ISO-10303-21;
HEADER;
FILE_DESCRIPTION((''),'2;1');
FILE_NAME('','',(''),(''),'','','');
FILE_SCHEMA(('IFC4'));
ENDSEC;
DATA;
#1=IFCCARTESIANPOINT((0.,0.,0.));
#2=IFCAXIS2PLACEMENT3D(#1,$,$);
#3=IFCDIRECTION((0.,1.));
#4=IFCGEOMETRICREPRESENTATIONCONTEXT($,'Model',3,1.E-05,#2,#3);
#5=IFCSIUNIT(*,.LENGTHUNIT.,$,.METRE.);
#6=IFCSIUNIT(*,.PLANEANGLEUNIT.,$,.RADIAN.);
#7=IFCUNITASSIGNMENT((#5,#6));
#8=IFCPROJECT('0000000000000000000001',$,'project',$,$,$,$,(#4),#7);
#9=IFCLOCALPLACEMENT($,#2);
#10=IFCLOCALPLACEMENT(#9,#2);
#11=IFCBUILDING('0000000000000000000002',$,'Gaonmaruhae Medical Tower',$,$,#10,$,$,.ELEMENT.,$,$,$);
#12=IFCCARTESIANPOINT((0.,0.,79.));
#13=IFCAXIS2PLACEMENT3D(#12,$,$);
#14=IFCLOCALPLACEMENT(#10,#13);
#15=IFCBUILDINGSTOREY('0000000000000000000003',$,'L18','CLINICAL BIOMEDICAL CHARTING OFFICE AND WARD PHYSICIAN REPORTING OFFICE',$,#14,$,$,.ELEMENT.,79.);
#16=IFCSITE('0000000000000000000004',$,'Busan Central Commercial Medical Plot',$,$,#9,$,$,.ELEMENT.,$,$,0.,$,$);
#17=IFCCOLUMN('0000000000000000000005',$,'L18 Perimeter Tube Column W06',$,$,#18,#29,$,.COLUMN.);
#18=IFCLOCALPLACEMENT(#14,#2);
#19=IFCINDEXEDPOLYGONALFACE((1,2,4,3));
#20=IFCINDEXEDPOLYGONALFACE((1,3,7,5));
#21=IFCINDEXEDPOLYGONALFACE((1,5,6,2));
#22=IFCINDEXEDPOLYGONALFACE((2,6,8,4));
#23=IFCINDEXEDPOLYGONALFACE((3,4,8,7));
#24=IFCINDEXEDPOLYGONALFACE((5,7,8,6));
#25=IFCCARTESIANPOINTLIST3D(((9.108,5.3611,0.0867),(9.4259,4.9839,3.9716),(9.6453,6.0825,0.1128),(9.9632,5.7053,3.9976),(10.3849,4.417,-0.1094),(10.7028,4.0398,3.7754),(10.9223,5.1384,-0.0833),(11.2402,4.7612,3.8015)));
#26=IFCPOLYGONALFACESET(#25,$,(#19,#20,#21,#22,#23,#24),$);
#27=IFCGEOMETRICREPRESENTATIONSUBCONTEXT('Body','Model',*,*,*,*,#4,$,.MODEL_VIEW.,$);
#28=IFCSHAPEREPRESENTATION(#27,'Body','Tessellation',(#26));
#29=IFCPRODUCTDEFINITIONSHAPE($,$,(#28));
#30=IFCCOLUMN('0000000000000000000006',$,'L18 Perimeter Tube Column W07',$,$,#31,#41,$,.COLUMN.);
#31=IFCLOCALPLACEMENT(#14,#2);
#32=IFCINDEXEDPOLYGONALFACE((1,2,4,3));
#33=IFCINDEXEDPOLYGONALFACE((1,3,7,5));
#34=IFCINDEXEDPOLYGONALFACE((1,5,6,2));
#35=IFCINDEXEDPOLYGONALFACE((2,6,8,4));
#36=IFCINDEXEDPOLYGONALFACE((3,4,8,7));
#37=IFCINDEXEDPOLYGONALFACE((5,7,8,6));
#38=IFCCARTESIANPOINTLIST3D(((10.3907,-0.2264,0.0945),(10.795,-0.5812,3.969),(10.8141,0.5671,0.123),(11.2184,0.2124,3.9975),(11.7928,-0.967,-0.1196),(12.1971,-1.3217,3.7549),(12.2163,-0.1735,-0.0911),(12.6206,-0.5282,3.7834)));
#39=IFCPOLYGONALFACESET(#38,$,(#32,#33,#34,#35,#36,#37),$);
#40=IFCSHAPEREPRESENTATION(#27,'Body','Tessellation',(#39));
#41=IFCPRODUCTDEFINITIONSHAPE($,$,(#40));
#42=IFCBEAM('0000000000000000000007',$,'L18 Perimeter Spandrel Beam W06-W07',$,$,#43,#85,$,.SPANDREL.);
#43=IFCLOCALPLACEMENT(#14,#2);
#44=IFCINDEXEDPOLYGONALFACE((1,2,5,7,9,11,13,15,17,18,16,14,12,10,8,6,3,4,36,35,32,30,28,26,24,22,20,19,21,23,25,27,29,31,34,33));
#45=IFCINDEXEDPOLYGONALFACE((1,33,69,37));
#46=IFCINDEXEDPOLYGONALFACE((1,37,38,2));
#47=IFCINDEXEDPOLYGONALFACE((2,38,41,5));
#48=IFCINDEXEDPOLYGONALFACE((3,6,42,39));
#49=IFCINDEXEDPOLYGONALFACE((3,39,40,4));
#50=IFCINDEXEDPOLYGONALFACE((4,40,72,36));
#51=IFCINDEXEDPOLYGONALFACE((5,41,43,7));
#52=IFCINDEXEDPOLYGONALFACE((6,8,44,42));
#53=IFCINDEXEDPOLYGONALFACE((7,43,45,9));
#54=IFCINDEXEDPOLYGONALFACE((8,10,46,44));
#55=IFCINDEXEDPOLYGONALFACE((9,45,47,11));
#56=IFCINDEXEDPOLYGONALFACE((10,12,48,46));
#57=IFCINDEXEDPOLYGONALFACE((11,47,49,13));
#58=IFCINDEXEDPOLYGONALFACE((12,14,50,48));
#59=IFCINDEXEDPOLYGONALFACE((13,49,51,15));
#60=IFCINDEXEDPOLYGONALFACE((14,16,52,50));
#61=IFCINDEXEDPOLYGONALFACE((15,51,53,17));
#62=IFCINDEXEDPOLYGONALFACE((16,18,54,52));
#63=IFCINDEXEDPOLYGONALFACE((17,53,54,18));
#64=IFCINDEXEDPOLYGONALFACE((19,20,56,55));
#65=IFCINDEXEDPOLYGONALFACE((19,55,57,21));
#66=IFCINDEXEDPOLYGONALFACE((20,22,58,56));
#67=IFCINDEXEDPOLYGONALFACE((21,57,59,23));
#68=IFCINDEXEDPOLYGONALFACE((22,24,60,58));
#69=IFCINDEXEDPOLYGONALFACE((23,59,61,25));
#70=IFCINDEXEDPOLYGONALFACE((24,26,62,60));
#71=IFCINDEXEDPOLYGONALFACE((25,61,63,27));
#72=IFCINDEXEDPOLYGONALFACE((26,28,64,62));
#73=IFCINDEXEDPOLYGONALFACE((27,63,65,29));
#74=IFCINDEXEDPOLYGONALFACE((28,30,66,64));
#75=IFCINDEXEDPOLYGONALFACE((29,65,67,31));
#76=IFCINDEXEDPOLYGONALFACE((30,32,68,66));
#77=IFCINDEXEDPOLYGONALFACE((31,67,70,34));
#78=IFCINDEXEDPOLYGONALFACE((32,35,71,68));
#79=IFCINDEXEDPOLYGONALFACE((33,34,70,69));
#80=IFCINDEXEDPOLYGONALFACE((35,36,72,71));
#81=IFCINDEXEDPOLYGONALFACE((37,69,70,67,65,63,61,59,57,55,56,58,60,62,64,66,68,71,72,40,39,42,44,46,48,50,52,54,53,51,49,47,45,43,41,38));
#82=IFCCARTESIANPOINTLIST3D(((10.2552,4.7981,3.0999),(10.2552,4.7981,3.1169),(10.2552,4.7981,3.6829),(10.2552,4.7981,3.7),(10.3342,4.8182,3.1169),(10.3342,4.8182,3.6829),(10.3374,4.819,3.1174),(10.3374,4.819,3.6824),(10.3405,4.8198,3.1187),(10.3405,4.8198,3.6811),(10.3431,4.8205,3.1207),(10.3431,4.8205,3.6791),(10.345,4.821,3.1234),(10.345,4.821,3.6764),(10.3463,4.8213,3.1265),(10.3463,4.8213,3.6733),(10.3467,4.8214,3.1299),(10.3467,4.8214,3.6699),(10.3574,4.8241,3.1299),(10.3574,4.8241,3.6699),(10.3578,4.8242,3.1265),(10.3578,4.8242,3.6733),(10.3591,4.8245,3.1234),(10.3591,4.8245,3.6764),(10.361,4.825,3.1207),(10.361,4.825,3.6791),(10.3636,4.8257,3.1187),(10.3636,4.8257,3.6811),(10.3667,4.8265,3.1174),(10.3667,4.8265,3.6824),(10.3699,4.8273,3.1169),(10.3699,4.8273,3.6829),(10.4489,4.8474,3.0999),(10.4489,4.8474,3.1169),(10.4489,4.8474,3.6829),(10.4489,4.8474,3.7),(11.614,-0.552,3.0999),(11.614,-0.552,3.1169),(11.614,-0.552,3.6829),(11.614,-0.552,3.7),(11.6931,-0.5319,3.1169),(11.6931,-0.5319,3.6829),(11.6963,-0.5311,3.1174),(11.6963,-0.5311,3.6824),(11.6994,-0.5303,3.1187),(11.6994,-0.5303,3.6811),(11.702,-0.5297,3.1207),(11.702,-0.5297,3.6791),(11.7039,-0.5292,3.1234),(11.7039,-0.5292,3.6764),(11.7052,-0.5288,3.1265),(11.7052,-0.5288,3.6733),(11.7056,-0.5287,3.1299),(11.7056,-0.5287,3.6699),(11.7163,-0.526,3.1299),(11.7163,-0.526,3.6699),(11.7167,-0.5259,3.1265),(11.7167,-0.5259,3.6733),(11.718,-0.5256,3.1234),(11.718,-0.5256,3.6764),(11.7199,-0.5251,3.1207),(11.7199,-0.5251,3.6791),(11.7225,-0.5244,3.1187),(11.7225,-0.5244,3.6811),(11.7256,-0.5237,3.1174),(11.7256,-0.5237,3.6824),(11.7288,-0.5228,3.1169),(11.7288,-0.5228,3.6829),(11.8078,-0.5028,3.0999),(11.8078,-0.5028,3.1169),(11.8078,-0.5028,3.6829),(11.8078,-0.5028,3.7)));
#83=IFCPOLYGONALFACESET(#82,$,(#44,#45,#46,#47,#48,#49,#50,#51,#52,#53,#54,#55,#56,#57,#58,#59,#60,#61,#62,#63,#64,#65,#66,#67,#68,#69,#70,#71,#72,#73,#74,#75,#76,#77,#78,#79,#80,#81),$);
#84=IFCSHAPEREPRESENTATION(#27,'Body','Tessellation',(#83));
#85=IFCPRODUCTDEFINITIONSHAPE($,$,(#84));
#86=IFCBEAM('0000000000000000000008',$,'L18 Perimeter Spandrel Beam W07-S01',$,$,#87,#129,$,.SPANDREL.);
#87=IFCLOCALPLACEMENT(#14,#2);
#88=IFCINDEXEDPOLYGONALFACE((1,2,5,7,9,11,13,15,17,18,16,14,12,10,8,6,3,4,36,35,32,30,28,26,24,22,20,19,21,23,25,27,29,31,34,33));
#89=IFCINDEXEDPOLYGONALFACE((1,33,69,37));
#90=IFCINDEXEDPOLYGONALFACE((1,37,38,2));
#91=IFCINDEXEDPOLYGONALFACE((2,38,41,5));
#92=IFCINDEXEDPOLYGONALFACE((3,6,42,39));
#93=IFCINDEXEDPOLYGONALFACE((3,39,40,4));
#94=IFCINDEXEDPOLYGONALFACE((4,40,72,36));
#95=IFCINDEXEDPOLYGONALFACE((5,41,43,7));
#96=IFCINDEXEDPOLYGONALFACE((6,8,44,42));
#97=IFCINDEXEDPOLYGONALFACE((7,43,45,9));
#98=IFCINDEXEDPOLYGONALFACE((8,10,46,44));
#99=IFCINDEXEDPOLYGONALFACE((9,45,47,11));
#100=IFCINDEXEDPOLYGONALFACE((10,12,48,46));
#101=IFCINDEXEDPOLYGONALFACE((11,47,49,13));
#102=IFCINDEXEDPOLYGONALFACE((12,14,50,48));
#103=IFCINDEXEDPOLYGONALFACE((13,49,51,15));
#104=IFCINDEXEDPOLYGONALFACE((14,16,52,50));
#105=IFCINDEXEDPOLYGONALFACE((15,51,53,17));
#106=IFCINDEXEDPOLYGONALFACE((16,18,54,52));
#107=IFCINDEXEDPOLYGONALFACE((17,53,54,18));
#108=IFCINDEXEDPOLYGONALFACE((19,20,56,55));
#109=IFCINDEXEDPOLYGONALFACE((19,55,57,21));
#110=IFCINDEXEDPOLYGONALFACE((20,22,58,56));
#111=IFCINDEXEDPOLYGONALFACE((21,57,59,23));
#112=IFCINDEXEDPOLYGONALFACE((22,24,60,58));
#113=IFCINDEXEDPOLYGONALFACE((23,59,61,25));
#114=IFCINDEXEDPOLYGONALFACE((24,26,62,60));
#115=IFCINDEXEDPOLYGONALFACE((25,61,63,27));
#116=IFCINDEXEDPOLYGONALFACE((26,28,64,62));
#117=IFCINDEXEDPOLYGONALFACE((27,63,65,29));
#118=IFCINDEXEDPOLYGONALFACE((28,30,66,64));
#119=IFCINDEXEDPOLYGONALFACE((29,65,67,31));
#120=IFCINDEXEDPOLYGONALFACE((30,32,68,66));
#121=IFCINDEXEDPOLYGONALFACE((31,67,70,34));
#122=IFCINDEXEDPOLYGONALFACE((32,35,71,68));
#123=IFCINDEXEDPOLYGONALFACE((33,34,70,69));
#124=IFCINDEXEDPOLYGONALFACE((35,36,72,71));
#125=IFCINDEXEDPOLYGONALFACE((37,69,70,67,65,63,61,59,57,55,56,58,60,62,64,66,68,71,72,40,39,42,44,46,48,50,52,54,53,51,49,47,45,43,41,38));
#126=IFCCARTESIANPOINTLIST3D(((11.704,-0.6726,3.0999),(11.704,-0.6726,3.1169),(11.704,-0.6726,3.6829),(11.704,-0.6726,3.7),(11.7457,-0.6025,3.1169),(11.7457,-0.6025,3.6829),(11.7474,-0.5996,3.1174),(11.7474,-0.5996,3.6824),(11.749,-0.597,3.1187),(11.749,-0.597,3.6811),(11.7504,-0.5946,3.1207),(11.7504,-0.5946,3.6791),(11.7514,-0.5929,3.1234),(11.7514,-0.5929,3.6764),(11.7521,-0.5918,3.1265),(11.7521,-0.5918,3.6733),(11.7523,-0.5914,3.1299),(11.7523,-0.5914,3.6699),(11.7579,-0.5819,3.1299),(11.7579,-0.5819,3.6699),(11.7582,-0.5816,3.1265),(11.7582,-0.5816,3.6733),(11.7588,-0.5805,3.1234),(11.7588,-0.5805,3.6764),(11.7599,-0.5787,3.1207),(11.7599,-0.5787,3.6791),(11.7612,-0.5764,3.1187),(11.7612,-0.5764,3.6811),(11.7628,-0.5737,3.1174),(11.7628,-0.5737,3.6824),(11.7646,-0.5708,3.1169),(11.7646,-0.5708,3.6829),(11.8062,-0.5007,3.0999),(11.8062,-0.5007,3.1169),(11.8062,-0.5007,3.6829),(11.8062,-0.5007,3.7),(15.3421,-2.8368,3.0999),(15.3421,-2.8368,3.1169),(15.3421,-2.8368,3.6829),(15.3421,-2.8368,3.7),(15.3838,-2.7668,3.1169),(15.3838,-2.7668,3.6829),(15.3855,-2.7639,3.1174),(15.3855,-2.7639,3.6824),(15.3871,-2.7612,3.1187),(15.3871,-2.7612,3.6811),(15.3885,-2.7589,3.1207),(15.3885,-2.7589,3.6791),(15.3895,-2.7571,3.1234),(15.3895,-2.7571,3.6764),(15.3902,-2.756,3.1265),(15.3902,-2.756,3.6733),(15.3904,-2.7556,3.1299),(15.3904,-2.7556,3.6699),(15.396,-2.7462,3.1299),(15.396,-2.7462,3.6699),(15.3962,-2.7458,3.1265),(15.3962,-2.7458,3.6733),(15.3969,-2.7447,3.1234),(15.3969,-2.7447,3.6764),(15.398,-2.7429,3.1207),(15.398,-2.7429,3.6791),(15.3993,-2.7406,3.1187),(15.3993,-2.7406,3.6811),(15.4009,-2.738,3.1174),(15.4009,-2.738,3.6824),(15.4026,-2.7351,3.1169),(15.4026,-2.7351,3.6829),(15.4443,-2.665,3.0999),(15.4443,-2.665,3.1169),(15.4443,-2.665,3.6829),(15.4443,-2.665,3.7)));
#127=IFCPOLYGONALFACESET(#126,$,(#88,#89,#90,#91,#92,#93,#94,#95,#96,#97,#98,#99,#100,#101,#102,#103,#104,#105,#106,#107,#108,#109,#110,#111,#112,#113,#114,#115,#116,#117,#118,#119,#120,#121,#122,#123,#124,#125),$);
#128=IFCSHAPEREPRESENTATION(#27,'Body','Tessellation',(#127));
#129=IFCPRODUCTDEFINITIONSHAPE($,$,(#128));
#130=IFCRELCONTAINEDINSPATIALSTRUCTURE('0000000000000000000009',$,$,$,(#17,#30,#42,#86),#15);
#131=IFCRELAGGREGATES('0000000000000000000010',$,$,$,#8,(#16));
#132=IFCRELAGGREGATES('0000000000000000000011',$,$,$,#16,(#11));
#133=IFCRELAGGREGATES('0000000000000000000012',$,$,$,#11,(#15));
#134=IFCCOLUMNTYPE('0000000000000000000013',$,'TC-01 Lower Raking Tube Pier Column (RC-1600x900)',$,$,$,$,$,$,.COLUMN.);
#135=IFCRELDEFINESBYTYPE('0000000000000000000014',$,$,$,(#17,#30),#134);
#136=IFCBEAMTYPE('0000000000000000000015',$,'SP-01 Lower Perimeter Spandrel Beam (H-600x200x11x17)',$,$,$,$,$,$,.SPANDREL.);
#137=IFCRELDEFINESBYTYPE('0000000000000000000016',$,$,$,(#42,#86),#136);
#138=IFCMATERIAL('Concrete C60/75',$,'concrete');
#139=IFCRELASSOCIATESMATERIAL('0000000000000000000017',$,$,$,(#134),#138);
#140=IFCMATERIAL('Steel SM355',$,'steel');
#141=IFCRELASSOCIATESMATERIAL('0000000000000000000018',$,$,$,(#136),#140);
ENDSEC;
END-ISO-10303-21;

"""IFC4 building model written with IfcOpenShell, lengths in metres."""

from ifc_helpers import new_model, si_unit, direction, frame, origin, origin_2d, place, context, subcontext, project, spatial, rectangle, i_section, extrude, material, material_profile, profile_set, type_object, element, save


model = new_model("IFC4")

# Units and contexts
model_context = context("Model", 3, precision=1e-05, world=origin(), true_north=direction((0.0, 1.0)))
body_context = subcontext(model_context, "Body", "Model", "MODEL_VIEW")
ifc_project = project(units=[si_unit("LENGTHUNIT", "METRE"), si_unit("PLANEANGLEUNIT", "RADIAN")], contexts=[model_context])

# Site, building, storey
site_placement = place(None, origin())
site = spatial("IfcSite", under=ifc_project, at=site_placement, Name="Busan Central Commercial Medical Plot", CompositionType="ELEMENT", RefElevation=0.0)
building_placement = place(site_placement, origin())
building = spatial("IfcBuilding", under=site, at=building_placement, Name="Gaonmaruhae Medical Tower", CompositionType="ELEMENT")
storey_placement = place(building_placement, frame((0.0, 0.0, 79.0)))
storey = spatial("IfcBuildingStorey", under=building, at=storey_placement, Name="L18", Description="CLINICAL BIOMEDICAL CHARTING OFFICE AND WARD PHYSICIAN REPORTING OFFICE", CompositionType="ELEMENT", Elevation=79.0)

# Columns
ifc_material_1 = material(Name="Concrete C60/75", Category="concrete")
ifc_material_profile_1 = material_profile(ifc_material_1, rectangle(XDim=1.6001, YDim=0.8999, at=origin_2d()), Name="RC-1600x900")
ifc_profile_set_1 = profile_set([ifc_material_profile_1], Name="Concrete C60/75")
column_type = type_object("IfcColumnType", Name="TC-01 Lower Raking Tube Pier Column (RC-1600x900)", PredefinedType="COLUMN", material=ifc_profile_set_1)
column_1_placement = place(storey_placement, frame((10.0151, 5.2498, 0.0017), z_axis=(0.081173, -0.096323, 0.992035), x_axis=(-0.798045, 0.589997, 0.122587)))
element("IfcColumn", 1, at=column_1_placement, inside=storey, type_object=column_type, Name="L18 Perimeter Tube Column W06", PredefinedType="COLUMN", context=body_context, shape_type="SweptSolid", body=[
    extrude(rectangle(XDim=1.6001, YDim=0.8999, at=origin_2d()), origin(), (0.0, 0.0, 1.0), 3.916),
])
column_2_placement = place(storey_placement, frame((11.3035, -0.2, 0.0017), z_axis=(0.103357, -0.090687, 0.990502), x_axis=(-0.876292, 0.462823, 0.133814)))
element("IfcColumn", 2, at=column_2_placement, inside=storey, type_object=column_type, Name="L18 Perimeter Tube Column W07", PredefinedType="COLUMN", context=body_context, shape_type="SweptSolid", body=[
    extrude(rectangle(XDim=1.6001, YDim=0.8999, at=origin_2d()), origin(), (0.0, 0.0, 1.0), 3.9116),
])

# Beams
ifc_material_2 = material(Name="Steel SM355", Category="steel")
ifc_material_profile_2 = material_profile(ifc_material_2, i_section(OverallWidth=0.2, OverallDepth=0.6001, WebThickness=0.011, FlangeThickness=0.0171, FilletRadius=0.0129, at=origin_2d()), Name="H-600x200x11x17")
ifc_profile_set_2 = profile_set([ifc_material_profile_2], Name="Steel SM355")
beam_type = type_object("IfcBeamType", Name="SP-01 Lower Perimeter Spandrel Beam (H-600x200x11x17)", PredefinedType="SPANDREL", material=ifc_profile_set_2)
beam_1_placement = place(storey_placement, frame((10.3521, 4.8228, 3.3999), z_axis=(0.246176, -0.969225, 0.0), x_axis=(0.969225, 0.246176, 0.0)))
element("IfcBeam", 3, at=beam_1_placement, inside=storey, type_object=beam_type, Name="L18 Perimeter Spandrel Beam W06-W07", PredefinedType="SPANDREL", context=body_context, shape_type="SweptSolid", body=[
    extrude(i_section(OverallWidth=0.2, OverallDepth=0.6001, WebThickness=0.011, FlangeThickness=0.0171, FilletRadius=0.0129, at=origin_2d()), origin(), (0.0, 0.0, 1.0), 5.52),
])
beam_2_placement = place(storey_placement, frame((11.7551, -0.5867, 3.3999), z_axis=(0.859426, -0.511261, 0.0), x_axis=(0.511261, 0.859426, 0.0)))
element("IfcBeam", 4, at=beam_2_placement, inside=storey, type_object=beam_type, Name="L18 Perimeter Spandrel Beam W07-S01", PredefinedType="SPANDREL", context=body_context, shape_type="SweptSolid", body=[
    extrude(i_section(OverallWidth=0.2, OverallDepth=0.6001, WebThickness=0.011, FlangeThickness=0.0171, FilletRadius=0.0129, at=origin_2d()), origin(), (0.0, 0.0, 1.0), 4.2332),
])

save(model, "model.ifc")
